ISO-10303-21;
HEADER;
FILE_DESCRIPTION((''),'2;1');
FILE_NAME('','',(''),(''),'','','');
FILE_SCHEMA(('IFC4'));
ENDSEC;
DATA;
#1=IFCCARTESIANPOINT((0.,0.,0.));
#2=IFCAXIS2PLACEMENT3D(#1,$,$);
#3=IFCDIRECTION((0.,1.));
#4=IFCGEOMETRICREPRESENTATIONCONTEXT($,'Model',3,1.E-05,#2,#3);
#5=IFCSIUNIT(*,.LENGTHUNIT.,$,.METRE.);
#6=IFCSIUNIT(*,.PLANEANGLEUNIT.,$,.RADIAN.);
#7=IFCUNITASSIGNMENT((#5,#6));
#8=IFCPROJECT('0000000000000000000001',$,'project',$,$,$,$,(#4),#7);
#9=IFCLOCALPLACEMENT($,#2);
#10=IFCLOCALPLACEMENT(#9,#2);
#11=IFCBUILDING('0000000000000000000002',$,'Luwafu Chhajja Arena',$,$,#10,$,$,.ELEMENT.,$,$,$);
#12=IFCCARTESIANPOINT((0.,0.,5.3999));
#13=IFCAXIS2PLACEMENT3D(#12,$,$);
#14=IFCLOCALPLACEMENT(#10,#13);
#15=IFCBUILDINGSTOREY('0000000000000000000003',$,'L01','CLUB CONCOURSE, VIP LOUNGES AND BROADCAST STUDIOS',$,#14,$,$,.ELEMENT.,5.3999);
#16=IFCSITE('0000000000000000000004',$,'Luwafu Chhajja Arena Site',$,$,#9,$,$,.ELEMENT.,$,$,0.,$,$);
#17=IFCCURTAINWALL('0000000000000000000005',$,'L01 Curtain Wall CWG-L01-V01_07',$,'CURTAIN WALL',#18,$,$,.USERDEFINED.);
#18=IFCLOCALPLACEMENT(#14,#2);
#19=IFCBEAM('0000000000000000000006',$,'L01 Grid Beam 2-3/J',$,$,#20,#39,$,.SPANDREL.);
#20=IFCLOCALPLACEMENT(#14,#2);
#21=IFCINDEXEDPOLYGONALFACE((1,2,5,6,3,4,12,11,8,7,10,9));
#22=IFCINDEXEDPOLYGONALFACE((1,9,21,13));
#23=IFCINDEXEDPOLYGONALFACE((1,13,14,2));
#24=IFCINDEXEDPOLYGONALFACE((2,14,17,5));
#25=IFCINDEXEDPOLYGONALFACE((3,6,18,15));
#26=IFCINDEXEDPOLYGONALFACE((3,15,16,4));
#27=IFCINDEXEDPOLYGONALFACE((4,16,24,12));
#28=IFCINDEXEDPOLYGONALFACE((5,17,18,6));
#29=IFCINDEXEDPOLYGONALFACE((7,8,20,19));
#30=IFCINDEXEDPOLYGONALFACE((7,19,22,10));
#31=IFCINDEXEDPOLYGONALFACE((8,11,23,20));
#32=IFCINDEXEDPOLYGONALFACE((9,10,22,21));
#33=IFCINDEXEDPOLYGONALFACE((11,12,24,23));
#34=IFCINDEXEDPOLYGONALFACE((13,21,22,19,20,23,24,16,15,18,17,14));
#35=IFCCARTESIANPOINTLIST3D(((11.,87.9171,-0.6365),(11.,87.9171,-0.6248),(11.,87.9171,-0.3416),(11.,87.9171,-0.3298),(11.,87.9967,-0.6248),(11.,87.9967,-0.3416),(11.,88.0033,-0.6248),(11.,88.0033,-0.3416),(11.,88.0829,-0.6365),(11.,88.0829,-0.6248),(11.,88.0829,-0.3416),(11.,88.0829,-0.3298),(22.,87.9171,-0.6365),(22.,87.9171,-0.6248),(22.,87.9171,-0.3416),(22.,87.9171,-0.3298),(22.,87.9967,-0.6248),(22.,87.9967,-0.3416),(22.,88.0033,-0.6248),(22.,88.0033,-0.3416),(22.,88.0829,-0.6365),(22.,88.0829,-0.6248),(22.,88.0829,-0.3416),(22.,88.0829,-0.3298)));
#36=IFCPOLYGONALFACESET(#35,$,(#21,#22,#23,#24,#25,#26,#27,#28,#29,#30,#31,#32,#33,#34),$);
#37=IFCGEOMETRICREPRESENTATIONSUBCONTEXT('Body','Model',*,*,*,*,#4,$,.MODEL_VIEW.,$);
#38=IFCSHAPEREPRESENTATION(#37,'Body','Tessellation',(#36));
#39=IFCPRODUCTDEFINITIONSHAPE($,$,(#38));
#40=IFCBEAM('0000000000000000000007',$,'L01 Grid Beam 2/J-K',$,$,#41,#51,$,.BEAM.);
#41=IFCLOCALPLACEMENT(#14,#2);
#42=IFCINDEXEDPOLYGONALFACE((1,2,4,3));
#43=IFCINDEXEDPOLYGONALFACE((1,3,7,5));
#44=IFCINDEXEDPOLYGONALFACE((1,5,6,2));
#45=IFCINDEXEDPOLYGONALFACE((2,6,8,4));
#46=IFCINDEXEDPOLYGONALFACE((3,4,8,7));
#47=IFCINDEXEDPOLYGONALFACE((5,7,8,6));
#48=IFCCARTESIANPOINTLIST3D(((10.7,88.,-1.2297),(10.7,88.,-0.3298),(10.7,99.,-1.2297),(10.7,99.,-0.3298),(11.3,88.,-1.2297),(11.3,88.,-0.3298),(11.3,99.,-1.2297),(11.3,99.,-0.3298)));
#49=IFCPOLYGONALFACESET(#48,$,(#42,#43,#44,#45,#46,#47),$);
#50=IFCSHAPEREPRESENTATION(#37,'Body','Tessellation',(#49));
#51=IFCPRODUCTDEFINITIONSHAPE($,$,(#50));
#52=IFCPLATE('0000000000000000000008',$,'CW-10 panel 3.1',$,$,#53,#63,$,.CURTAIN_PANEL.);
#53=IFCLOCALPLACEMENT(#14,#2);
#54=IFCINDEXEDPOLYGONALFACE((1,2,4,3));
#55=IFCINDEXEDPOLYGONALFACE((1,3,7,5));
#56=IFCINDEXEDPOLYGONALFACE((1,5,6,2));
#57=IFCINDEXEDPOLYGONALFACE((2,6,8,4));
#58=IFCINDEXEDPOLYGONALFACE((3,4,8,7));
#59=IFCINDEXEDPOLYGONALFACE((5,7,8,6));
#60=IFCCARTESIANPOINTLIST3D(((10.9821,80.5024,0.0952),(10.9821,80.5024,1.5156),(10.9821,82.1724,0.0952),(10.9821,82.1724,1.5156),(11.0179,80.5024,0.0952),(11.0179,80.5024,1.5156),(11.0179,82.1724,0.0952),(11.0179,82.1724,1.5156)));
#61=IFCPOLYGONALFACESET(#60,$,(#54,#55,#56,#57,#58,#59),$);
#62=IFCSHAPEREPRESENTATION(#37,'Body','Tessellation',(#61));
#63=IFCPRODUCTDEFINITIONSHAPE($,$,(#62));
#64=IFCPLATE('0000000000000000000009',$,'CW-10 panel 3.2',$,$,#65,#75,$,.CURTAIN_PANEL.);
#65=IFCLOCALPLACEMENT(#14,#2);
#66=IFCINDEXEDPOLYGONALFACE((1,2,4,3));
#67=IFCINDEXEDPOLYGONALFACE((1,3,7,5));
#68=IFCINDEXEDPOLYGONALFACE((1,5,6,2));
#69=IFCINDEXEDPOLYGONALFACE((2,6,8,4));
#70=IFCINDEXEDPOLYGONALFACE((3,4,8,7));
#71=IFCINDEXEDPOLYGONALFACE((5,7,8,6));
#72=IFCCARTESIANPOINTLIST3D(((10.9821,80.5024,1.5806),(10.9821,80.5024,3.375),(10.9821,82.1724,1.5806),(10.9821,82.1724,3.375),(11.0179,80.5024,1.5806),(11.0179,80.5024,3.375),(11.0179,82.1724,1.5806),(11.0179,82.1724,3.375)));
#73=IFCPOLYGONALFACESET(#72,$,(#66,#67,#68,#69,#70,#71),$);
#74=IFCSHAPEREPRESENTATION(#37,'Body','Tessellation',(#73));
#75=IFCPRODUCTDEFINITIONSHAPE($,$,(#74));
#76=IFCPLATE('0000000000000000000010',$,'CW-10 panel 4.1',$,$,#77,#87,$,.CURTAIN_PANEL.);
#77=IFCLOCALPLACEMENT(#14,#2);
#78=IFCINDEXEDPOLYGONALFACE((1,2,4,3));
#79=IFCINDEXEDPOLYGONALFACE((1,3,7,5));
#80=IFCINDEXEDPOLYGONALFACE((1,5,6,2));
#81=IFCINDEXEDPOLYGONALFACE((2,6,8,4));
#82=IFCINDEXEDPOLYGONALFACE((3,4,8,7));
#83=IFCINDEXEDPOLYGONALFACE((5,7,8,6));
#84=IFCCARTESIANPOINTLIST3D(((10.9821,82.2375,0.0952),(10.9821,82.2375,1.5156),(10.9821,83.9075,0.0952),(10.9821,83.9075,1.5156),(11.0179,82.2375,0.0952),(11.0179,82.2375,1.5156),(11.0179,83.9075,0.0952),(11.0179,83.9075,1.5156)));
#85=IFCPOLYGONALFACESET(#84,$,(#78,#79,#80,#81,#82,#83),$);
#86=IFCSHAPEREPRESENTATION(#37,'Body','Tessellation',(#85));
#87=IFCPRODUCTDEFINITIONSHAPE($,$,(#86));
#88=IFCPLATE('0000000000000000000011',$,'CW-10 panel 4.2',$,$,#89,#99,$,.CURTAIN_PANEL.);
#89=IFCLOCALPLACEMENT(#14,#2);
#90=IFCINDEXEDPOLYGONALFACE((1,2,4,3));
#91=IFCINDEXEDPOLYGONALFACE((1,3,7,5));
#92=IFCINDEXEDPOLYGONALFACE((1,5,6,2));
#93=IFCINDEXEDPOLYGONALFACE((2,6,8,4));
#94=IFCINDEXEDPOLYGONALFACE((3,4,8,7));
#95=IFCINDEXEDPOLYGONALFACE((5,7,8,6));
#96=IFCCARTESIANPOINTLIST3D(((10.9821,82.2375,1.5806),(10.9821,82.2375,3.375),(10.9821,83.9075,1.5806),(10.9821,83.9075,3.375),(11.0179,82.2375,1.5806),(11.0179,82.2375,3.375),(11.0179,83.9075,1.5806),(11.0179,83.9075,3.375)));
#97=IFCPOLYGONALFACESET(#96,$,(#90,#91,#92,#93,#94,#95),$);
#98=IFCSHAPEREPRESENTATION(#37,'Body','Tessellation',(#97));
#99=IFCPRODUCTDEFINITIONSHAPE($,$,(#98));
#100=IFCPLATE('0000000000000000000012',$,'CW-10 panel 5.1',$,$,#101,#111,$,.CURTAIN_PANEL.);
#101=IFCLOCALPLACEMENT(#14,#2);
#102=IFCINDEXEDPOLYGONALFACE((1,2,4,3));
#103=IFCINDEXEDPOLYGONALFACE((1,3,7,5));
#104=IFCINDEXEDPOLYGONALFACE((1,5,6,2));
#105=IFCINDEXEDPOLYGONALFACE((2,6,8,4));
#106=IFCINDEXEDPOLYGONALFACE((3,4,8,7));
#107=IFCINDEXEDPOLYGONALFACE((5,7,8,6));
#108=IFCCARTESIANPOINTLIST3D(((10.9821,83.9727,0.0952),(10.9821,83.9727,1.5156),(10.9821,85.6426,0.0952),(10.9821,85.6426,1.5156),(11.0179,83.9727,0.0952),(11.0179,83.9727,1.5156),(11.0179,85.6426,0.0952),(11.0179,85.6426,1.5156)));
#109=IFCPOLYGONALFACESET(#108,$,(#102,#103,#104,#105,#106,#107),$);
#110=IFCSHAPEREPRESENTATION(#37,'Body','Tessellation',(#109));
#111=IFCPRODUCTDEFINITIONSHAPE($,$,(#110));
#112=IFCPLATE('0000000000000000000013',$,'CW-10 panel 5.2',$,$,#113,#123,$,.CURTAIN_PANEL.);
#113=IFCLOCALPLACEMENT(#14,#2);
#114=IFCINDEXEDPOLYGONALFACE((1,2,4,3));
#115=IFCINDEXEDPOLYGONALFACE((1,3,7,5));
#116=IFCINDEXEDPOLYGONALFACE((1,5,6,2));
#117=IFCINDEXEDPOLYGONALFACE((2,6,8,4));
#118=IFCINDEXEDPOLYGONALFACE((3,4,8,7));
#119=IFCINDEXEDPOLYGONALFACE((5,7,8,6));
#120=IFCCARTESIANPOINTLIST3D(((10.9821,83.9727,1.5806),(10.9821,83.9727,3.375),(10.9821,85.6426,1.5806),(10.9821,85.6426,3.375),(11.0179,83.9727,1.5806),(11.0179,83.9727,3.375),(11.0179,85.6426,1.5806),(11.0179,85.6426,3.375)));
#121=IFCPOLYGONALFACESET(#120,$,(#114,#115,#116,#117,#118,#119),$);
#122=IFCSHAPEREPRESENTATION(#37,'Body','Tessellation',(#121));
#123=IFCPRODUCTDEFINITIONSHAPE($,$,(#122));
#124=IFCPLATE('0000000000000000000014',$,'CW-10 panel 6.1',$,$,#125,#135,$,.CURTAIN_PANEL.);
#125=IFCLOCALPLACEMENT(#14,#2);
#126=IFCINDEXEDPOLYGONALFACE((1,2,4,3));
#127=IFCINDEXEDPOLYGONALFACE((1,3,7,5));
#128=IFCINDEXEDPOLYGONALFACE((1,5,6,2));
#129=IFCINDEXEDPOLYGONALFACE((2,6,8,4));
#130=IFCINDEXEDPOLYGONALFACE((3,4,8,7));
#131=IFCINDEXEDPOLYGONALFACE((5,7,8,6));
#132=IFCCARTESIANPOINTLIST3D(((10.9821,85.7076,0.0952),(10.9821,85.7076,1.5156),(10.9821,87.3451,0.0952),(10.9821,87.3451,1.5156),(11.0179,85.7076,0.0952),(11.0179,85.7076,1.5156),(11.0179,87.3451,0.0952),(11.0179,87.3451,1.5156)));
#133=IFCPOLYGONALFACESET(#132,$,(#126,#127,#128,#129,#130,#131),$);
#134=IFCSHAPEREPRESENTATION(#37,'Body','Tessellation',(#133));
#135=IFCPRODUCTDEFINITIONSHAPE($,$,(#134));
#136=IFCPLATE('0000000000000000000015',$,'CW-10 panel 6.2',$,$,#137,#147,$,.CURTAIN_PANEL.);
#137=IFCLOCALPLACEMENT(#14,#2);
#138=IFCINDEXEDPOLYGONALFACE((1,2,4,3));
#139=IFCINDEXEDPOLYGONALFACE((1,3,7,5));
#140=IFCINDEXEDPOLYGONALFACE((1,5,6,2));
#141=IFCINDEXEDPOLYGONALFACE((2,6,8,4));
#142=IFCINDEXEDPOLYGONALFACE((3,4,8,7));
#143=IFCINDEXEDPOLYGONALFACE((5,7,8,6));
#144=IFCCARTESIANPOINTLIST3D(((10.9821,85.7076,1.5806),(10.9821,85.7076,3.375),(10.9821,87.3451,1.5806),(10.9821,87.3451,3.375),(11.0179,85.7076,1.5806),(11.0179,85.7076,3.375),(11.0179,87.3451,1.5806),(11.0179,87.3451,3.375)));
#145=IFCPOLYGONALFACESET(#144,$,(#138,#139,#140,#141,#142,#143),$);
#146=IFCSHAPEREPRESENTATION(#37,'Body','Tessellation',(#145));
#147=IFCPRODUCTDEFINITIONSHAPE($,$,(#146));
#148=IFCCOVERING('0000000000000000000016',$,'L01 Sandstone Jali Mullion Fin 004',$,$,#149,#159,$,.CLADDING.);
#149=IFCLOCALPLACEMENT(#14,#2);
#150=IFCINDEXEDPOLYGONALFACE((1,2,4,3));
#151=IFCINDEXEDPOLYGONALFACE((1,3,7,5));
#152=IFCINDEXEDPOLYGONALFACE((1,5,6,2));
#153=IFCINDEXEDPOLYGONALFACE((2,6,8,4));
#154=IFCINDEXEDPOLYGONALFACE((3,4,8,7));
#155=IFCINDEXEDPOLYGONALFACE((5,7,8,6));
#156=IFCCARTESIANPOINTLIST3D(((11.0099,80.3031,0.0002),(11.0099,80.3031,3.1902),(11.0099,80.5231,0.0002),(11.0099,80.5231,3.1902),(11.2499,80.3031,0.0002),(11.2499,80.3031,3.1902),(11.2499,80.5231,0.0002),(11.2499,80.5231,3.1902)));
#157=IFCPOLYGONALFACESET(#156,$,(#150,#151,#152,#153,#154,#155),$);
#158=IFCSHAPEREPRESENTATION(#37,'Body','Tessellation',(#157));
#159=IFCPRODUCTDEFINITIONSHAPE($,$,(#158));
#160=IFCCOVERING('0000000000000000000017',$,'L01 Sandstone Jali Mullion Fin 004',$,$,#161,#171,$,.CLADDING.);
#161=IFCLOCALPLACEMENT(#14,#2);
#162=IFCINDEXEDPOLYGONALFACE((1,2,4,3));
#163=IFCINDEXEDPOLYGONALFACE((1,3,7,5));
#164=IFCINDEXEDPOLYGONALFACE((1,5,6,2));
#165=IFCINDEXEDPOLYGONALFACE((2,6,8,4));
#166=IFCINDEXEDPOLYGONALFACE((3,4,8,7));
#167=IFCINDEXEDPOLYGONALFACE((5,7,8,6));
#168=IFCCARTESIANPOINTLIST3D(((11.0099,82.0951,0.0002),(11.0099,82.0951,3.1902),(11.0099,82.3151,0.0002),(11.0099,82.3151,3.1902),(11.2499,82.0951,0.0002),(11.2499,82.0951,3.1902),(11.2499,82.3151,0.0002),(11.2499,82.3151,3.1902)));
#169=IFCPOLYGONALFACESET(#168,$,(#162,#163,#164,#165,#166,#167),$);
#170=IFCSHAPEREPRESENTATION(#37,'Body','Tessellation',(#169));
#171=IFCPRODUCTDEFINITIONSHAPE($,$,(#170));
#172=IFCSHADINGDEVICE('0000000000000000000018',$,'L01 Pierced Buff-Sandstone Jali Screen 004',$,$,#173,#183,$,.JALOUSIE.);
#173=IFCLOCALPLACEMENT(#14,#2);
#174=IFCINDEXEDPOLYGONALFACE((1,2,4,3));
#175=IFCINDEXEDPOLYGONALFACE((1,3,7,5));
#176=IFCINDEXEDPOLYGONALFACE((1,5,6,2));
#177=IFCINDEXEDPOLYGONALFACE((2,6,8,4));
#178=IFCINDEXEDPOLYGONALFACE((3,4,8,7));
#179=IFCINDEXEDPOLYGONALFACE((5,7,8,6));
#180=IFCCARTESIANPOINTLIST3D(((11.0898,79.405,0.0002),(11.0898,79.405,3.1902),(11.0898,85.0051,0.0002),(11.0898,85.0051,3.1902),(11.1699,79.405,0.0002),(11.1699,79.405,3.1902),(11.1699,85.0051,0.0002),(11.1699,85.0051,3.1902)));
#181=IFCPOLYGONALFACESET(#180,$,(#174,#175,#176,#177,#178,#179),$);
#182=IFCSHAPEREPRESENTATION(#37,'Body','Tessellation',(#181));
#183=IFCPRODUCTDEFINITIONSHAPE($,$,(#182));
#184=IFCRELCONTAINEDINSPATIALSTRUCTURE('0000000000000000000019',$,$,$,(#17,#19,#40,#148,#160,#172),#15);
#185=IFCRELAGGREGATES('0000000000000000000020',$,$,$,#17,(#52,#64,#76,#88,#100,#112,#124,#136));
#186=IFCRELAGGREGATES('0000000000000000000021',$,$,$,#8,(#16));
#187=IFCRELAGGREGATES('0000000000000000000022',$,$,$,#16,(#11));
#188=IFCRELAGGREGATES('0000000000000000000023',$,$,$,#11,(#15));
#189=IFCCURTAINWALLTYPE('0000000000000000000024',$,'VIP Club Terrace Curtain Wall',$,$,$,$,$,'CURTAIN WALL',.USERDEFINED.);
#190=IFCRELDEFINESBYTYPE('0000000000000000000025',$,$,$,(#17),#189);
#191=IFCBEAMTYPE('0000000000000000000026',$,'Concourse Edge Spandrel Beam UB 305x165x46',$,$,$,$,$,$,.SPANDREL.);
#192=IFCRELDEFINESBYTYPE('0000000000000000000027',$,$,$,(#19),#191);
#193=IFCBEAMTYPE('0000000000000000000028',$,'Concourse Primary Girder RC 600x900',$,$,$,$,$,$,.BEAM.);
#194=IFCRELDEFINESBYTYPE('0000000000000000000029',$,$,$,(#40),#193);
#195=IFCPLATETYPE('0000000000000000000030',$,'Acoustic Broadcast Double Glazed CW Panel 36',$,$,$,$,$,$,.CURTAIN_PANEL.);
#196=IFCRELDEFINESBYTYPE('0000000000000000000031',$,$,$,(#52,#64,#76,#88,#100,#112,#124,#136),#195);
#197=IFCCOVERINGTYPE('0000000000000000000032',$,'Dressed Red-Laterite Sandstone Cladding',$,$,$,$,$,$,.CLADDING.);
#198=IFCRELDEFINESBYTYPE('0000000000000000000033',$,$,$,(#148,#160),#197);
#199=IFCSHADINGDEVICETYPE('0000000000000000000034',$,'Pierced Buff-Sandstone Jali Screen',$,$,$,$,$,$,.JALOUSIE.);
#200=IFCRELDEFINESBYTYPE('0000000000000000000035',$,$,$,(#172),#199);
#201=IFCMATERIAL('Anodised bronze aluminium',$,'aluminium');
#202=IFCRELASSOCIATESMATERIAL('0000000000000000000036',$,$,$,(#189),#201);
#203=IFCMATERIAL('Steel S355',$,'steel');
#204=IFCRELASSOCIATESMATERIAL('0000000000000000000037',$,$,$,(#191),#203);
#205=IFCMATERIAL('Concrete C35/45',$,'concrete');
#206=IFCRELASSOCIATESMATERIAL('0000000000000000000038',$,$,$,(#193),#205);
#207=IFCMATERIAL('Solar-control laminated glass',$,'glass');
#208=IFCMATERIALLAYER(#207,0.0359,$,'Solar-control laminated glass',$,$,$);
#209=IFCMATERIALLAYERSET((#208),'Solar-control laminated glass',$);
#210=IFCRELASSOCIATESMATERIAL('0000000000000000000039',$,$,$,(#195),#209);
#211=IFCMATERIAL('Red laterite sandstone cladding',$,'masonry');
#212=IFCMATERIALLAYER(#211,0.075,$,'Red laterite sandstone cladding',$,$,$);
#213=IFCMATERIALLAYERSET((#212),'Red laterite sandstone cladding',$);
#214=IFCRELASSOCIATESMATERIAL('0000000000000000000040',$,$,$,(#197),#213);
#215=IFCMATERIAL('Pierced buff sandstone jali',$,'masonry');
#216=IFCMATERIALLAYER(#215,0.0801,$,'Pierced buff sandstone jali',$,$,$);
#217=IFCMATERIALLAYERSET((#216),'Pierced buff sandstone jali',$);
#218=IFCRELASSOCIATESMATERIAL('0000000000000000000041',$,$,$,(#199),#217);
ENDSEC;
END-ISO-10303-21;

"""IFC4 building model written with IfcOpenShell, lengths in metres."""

from ifc_helpers import new_model, si_unit, direction, frame, origin, origin_2d, place, context, subcontext, project, spatial, rectangle, i_section, extrude, material, layer, layer_set, material_profile, profile_set, type_object, element, aggregate, save


model = new_model("IFC4")

# Units and contexts
model_context = context("Model", 3, precision=1e-05, world=origin(), true_north=direction((0.0, 1.0)))
body_context = subcontext(model_context, "Body", "Model", "MODEL_VIEW")
ifc_project = project(units=[si_unit("LENGTHUNIT", "METRE"), si_unit("PLANEANGLEUNIT", "RADIAN")], contexts=[model_context])

# Site, building, storey
site_placement = place(None, origin())
site = spatial("IfcSite", under=ifc_project, at=site_placement, Name="Luwafu Chhajja Arena Site", CompositionType="ELEMENT", RefElevation=0.0)
building_placement = place(site_placement, origin())
building = spatial("IfcBuilding", under=site, at=building_placement, Name="Luwafu Chhajja Arena", CompositionType="ELEMENT")
storey_placement = place(building_placement, frame((0.0, 0.0, 5.3999)))
storey = spatial("IfcBuildingStorey", under=building, at=storey_placement, Name="L01", Description="CLUB CONCOURSE, VIP LOUNGES AND BROADCAST STUDIOS", CompositionType="ELEMENT", Elevation=5.3999)

# Curtain wall
ifc_material_1 = material(Name="Anodised bronze aluminium", Category="aluminium")
curtain_wall_type = type_object("IfcCurtainWallType", Name="VIP Club Terrace Curtain Wall", ElementType="CURTAIN WALL", PredefinedType="USERDEFINED", material=ifc_material_1)
curtain_wall_placement = place(storey_placement, origin())
curtain_wall = element("IfcCurtainWall", 1, at=curtain_wall_placement, inside=storey, type_object=curtain_wall_type, Name="L01 Curtain Wall CWG-L01-V01_07", ObjectType="CURTAIN WALL", PredefinedType="USERDEFINED")

# Beams
ifc_material_2 = material(Name="Steel S355", Category="steel")
ifc_material_profile_1 = material_profile(ifc_material_2, i_section(OverallWidth=0.1658, OverallDepth=0.3066, WebThickness=0.0066, FlangeThickness=0.0117, at=origin_2d()), Name="UB 305x165x46")
ifc_profile_set_1 = profile_set([ifc_material_profile_1], Name="Steel S355")
beam_type_1 = type_object("IfcBeamType", Name="Concourse Edge Spandrel Beam UB 305x165x46", PredefinedType="SPANDREL", material=ifc_profile_set_1)
beam_1_placement = place(storey_placement, frame((11.0, 88.0, -0.4832), z_axis=(1.0, 0.0, 0.0), x_axis=(0.0, 1.0, 0.0)))
element("IfcBeam", 2, at=beam_1_placement, inside=storey, type_object=beam_type_1, Name="L01 Grid Beam 2-3/J", PredefinedType="SPANDREL", context=body_context, shape_type="SweptSolid", body=[
    extrude(i_section(OverallWidth=0.1658, OverallDepth=0.3066, WebThickness=0.0066, FlangeThickness=0.0117, at=origin_2d()), origin(), (0.0, 0.0, 1.0), 11.0),
])
ifc_material_3 = material(Name="Concrete C35/45", Category="concrete")
ifc_material_profile_2 = material_profile(ifc_material_3, rectangle(XDim=0.6001, YDim=0.8999, at=origin_2d()), Name="RC 600x900")
ifc_profile_set_2 = profile_set([ifc_material_profile_2], Name="Concrete C35/45")
beam_type_2 = type_object("IfcBeamType", Name="Concourse Primary Girder RC 600x900", PredefinedType="BEAM", material=ifc_profile_set_2)
beam_2_placement = place(storey_placement, frame((11.0, 88.0, -0.7798), z_axis=(0.0, 1.0, 0.0), x_axis=(-1.0, 0.0, 0.0)))
element("IfcBeam", 3, at=beam_2_placement, inside=storey, type_object=beam_type_2, Name="L01 Grid Beam 2/J-K", PredefinedType="BEAM", context=body_context, shape_type="SweptSolid", body=[
    extrude(rectangle(XDim=0.6001, YDim=0.8999, at=origin_2d()), origin(), (0.0, 0.0, 1.0), 11.0),
])

# Plates
ifc_material_4 = material(Name="Solar-control laminated glass", Category="glass")
ifc_layer_1 = layer(ifc_material_4, 0.0359, Name="Solar-control laminated glass")
ifc_layer_set_1 = layer_set([ifc_layer_1], Name="Solar-control laminated glass")
plate_type = type_object("IfcPlateType", Name="Acoustic Broadcast Double Glazed CW Panel 36", PredefinedType="CURTAIN_PANEL", material=ifc_layer_set_1)
plate_1_placement = place(storey_placement, frame((11.0, 81.3374, 0.0952), z_axis=(0.0, 0.0, 1.0), x_axis=(0.0, 1.0, 0.0)))
plate_1 = element("IfcPlate", 4, at=plate_1_placement, type_object=plate_type, Name="CW-10 panel 3.1", PredefinedType="CURTAIN_PANEL", context=body_context, shape_type="SweptSolid", body=[
    extrude(rectangle(XDim=1.6699, YDim=0.0359, at=origin_2d()), origin(), (0.0, 0.0, 1.0), 1.4204),
])
plate_2_placement = place(storey_placement, frame((11.0, 81.3374, 1.5806), z_axis=(0.0, 0.0, 1.0), x_axis=(0.0, 1.0, 0.0)))
plate_2 = element("IfcPlate", 5, at=plate_2_placement, type_object=plate_type, Name="CW-10 panel 3.2", PredefinedType="CURTAIN_PANEL", context=body_context, shape_type="SweptSolid", body=[
    extrude(rectangle(XDim=1.6699, YDim=0.0359, at=origin_2d()), origin(), (0.0, 0.0, 1.0), 1.7944),
])
plate_3_placement = place(storey_placement, frame((11.0, 83.0725, 0.0952), z_axis=(0.0, 0.0, 1.0), x_axis=(0.0, 1.0, 0.0)))
plate_3 = element("IfcPlate", 6, at=plate_3_placement, type_object=plate_type, Name="CW-10 panel 4.1", PredefinedType="CURTAIN_PANEL", context=body_context, shape_type="SweptSolid", body=[
    extrude(rectangle(XDim=1.6699, YDim=0.0359, at=origin_2d()), origin(), (0.0, 0.0, 1.0), 1.4204),
])
plate_4_placement = place(storey_placement, frame((11.0, 83.0725, 1.5806), z_axis=(0.0, 0.0, 1.0), x_axis=(0.0, 1.0, 0.0)))
plate_4 = element("IfcPlate", 7, at=plate_4_placement, type_object=plate_type, Name="CW-10 panel 4.2", PredefinedType="CURTAIN_PANEL", context=body_context, shape_type="SweptSolid", body=[
    extrude(rectangle(XDim=1.6699, YDim=0.0359, at=origin_2d()), origin(), (0.0, 0.0, 1.0), 1.7944),
])
plate_5_placement = place(storey_placement, frame((11.0, 84.8076, 0.0952), z_axis=(0.0, 0.0, 1.0), x_axis=(0.0, 1.0, 0.0)))
plate_5 = element("IfcPlate", 8, at=plate_5_placement, type_object=plate_type, Name="CW-10 panel 5.1", PredefinedType="CURTAIN_PANEL", context=body_context, shape_type="SweptSolid", body=[
    extrude(rectangle(XDim=1.6699, YDim=0.0359, at=origin_2d()), origin(), (0.0, 0.0, 1.0), 1.4204),
])
plate_6_placement = place(storey_placement, frame((11.0, 84.8076, 1.5806), z_axis=(0.0, 0.0, 1.0), x_axis=(0.0, 1.0, 0.0)))
plate_6 = element("IfcPlate", 9, at=plate_6_placement, type_object=plate_type, Name="CW-10 panel 5.2", PredefinedType="CURTAIN_PANEL", context=body_context, shape_type="SweptSolid", body=[
    extrude(rectangle(XDim=1.6699, YDim=0.0359, at=origin_2d()), origin(), (0.0, 0.0, 1.0), 1.7944),
])
plate_7_placement = place(storey_placement, frame((11.0, 86.5264, 0.0952), z_axis=(0.0, 0.0, 1.0), x_axis=(0.0, 1.0, 0.0)))
plate_7 = element("IfcPlate", 10, at=plate_7_placement, type_object=plate_type, Name="CW-10 panel 6.1", PredefinedType="CURTAIN_PANEL", context=body_context, shape_type="SweptSolid", body=[
    extrude(rectangle(XDim=1.6375, YDim=0.0359, at=origin_2d()), origin(), (0.0, 0.0, 1.0), 1.4204),
])
plate_8_placement = place(storey_placement, frame((11.0, 86.5264, 1.5806), z_axis=(0.0, 0.0, 1.0), x_axis=(0.0, 1.0, 0.0)))
plate_8 = element("IfcPlate", 11, at=plate_8_placement, type_object=plate_type, Name="CW-10 panel 6.2", PredefinedType="CURTAIN_PANEL", context=body_context, shape_type="SweptSolid", body=[
    extrude(rectangle(XDim=1.6375, YDim=0.0359, at=origin_2d()), origin(), (0.0, 0.0, 1.0), 1.7944),
])
aggregate(curtain_wall, [plate_1, plate_2, plate_3, plate_4, plate_5, plate_6, plate_7, plate_8])

# Coverings
ifc_material_5 = material(Name="Red laterite sandstone cladding", Category="masonry")
ifc_layer_2 = layer(ifc_material_5, 0.075, Name="Red laterite sandstone cladding")
ifc_layer_set_2 = layer_set([ifc_layer_2], Name="Red laterite sandstone cladding")
covering_type = type_object("IfcCoveringType", Name="Dressed Red-Laterite Sandstone Cladding", PredefinedType="CLADDING", material=ifc_layer_set_2)
for number, where, z_axis, x_axis, name in (
    (12, (11.1299, 80.4131, 0.0002), (0.0, 0.0, 1.0), (0.0, 1.0, 0.0), "L01 Sandstone Jali Mullion Fin 004"),
    (13, (11.1299, 82.2051, 0.0002), (0.0, 0.0, 1.0), (0.0, 1.0, 0.0), "L01 Sandstone Jali Mullion Fin 004"),
):
    element("IfcCovering", number, at=place(storey_placement, frame(where, z_axis=z_axis, x_axis=x_axis)), inside=storey, type_object=covering_type, Name=name, PredefinedType="CLADDING", context=body_context, shape_type="SweptSolid", body=[
        extrude(rectangle(XDim=0.22, YDim=0.24, at=origin_2d()), origin(), (0.0, 0.0, 1.0), 3.1899),
    ])

# Shading device
ifc_material_6 = material(Name="Pierced buff sandstone jali", Category="masonry")
ifc_layer_3 = layer(ifc_material_6, 0.0801, Name="Pierced buff sandstone jali")
ifc_layer_set_3 = layer_set([ifc_layer_3], Name="Pierced buff sandstone jali")
shading_device_type = type_object("IfcShadingDeviceType", Name="Pierced Buff-Sandstone Jali Screen", PredefinedType="JALOUSIE", material=ifc_layer_set_3)
shading_device_placement = place(storey_placement, frame((11.1299, 82.2051, 0.0002), z_axis=(0.0, 0.0, 1.0), x_axis=(0.0, 1.0, 0.0)))
element("IfcShadingDevice", 14, at=shading_device_placement, inside=storey, type_object=shading_device_type, Name="L01 Pierced Buff-Sandstone Jali Screen 004", PredefinedType="JALOUSIE", context=body_context, shape_type="SweptSolid", body=[
    extrude(rectangle(XDim=5.6001, YDim=0.0801, at=origin_2d()), origin(), (0.0, 0.0, 1.0), 3.1899),
])

save(model, "model.ifc")
